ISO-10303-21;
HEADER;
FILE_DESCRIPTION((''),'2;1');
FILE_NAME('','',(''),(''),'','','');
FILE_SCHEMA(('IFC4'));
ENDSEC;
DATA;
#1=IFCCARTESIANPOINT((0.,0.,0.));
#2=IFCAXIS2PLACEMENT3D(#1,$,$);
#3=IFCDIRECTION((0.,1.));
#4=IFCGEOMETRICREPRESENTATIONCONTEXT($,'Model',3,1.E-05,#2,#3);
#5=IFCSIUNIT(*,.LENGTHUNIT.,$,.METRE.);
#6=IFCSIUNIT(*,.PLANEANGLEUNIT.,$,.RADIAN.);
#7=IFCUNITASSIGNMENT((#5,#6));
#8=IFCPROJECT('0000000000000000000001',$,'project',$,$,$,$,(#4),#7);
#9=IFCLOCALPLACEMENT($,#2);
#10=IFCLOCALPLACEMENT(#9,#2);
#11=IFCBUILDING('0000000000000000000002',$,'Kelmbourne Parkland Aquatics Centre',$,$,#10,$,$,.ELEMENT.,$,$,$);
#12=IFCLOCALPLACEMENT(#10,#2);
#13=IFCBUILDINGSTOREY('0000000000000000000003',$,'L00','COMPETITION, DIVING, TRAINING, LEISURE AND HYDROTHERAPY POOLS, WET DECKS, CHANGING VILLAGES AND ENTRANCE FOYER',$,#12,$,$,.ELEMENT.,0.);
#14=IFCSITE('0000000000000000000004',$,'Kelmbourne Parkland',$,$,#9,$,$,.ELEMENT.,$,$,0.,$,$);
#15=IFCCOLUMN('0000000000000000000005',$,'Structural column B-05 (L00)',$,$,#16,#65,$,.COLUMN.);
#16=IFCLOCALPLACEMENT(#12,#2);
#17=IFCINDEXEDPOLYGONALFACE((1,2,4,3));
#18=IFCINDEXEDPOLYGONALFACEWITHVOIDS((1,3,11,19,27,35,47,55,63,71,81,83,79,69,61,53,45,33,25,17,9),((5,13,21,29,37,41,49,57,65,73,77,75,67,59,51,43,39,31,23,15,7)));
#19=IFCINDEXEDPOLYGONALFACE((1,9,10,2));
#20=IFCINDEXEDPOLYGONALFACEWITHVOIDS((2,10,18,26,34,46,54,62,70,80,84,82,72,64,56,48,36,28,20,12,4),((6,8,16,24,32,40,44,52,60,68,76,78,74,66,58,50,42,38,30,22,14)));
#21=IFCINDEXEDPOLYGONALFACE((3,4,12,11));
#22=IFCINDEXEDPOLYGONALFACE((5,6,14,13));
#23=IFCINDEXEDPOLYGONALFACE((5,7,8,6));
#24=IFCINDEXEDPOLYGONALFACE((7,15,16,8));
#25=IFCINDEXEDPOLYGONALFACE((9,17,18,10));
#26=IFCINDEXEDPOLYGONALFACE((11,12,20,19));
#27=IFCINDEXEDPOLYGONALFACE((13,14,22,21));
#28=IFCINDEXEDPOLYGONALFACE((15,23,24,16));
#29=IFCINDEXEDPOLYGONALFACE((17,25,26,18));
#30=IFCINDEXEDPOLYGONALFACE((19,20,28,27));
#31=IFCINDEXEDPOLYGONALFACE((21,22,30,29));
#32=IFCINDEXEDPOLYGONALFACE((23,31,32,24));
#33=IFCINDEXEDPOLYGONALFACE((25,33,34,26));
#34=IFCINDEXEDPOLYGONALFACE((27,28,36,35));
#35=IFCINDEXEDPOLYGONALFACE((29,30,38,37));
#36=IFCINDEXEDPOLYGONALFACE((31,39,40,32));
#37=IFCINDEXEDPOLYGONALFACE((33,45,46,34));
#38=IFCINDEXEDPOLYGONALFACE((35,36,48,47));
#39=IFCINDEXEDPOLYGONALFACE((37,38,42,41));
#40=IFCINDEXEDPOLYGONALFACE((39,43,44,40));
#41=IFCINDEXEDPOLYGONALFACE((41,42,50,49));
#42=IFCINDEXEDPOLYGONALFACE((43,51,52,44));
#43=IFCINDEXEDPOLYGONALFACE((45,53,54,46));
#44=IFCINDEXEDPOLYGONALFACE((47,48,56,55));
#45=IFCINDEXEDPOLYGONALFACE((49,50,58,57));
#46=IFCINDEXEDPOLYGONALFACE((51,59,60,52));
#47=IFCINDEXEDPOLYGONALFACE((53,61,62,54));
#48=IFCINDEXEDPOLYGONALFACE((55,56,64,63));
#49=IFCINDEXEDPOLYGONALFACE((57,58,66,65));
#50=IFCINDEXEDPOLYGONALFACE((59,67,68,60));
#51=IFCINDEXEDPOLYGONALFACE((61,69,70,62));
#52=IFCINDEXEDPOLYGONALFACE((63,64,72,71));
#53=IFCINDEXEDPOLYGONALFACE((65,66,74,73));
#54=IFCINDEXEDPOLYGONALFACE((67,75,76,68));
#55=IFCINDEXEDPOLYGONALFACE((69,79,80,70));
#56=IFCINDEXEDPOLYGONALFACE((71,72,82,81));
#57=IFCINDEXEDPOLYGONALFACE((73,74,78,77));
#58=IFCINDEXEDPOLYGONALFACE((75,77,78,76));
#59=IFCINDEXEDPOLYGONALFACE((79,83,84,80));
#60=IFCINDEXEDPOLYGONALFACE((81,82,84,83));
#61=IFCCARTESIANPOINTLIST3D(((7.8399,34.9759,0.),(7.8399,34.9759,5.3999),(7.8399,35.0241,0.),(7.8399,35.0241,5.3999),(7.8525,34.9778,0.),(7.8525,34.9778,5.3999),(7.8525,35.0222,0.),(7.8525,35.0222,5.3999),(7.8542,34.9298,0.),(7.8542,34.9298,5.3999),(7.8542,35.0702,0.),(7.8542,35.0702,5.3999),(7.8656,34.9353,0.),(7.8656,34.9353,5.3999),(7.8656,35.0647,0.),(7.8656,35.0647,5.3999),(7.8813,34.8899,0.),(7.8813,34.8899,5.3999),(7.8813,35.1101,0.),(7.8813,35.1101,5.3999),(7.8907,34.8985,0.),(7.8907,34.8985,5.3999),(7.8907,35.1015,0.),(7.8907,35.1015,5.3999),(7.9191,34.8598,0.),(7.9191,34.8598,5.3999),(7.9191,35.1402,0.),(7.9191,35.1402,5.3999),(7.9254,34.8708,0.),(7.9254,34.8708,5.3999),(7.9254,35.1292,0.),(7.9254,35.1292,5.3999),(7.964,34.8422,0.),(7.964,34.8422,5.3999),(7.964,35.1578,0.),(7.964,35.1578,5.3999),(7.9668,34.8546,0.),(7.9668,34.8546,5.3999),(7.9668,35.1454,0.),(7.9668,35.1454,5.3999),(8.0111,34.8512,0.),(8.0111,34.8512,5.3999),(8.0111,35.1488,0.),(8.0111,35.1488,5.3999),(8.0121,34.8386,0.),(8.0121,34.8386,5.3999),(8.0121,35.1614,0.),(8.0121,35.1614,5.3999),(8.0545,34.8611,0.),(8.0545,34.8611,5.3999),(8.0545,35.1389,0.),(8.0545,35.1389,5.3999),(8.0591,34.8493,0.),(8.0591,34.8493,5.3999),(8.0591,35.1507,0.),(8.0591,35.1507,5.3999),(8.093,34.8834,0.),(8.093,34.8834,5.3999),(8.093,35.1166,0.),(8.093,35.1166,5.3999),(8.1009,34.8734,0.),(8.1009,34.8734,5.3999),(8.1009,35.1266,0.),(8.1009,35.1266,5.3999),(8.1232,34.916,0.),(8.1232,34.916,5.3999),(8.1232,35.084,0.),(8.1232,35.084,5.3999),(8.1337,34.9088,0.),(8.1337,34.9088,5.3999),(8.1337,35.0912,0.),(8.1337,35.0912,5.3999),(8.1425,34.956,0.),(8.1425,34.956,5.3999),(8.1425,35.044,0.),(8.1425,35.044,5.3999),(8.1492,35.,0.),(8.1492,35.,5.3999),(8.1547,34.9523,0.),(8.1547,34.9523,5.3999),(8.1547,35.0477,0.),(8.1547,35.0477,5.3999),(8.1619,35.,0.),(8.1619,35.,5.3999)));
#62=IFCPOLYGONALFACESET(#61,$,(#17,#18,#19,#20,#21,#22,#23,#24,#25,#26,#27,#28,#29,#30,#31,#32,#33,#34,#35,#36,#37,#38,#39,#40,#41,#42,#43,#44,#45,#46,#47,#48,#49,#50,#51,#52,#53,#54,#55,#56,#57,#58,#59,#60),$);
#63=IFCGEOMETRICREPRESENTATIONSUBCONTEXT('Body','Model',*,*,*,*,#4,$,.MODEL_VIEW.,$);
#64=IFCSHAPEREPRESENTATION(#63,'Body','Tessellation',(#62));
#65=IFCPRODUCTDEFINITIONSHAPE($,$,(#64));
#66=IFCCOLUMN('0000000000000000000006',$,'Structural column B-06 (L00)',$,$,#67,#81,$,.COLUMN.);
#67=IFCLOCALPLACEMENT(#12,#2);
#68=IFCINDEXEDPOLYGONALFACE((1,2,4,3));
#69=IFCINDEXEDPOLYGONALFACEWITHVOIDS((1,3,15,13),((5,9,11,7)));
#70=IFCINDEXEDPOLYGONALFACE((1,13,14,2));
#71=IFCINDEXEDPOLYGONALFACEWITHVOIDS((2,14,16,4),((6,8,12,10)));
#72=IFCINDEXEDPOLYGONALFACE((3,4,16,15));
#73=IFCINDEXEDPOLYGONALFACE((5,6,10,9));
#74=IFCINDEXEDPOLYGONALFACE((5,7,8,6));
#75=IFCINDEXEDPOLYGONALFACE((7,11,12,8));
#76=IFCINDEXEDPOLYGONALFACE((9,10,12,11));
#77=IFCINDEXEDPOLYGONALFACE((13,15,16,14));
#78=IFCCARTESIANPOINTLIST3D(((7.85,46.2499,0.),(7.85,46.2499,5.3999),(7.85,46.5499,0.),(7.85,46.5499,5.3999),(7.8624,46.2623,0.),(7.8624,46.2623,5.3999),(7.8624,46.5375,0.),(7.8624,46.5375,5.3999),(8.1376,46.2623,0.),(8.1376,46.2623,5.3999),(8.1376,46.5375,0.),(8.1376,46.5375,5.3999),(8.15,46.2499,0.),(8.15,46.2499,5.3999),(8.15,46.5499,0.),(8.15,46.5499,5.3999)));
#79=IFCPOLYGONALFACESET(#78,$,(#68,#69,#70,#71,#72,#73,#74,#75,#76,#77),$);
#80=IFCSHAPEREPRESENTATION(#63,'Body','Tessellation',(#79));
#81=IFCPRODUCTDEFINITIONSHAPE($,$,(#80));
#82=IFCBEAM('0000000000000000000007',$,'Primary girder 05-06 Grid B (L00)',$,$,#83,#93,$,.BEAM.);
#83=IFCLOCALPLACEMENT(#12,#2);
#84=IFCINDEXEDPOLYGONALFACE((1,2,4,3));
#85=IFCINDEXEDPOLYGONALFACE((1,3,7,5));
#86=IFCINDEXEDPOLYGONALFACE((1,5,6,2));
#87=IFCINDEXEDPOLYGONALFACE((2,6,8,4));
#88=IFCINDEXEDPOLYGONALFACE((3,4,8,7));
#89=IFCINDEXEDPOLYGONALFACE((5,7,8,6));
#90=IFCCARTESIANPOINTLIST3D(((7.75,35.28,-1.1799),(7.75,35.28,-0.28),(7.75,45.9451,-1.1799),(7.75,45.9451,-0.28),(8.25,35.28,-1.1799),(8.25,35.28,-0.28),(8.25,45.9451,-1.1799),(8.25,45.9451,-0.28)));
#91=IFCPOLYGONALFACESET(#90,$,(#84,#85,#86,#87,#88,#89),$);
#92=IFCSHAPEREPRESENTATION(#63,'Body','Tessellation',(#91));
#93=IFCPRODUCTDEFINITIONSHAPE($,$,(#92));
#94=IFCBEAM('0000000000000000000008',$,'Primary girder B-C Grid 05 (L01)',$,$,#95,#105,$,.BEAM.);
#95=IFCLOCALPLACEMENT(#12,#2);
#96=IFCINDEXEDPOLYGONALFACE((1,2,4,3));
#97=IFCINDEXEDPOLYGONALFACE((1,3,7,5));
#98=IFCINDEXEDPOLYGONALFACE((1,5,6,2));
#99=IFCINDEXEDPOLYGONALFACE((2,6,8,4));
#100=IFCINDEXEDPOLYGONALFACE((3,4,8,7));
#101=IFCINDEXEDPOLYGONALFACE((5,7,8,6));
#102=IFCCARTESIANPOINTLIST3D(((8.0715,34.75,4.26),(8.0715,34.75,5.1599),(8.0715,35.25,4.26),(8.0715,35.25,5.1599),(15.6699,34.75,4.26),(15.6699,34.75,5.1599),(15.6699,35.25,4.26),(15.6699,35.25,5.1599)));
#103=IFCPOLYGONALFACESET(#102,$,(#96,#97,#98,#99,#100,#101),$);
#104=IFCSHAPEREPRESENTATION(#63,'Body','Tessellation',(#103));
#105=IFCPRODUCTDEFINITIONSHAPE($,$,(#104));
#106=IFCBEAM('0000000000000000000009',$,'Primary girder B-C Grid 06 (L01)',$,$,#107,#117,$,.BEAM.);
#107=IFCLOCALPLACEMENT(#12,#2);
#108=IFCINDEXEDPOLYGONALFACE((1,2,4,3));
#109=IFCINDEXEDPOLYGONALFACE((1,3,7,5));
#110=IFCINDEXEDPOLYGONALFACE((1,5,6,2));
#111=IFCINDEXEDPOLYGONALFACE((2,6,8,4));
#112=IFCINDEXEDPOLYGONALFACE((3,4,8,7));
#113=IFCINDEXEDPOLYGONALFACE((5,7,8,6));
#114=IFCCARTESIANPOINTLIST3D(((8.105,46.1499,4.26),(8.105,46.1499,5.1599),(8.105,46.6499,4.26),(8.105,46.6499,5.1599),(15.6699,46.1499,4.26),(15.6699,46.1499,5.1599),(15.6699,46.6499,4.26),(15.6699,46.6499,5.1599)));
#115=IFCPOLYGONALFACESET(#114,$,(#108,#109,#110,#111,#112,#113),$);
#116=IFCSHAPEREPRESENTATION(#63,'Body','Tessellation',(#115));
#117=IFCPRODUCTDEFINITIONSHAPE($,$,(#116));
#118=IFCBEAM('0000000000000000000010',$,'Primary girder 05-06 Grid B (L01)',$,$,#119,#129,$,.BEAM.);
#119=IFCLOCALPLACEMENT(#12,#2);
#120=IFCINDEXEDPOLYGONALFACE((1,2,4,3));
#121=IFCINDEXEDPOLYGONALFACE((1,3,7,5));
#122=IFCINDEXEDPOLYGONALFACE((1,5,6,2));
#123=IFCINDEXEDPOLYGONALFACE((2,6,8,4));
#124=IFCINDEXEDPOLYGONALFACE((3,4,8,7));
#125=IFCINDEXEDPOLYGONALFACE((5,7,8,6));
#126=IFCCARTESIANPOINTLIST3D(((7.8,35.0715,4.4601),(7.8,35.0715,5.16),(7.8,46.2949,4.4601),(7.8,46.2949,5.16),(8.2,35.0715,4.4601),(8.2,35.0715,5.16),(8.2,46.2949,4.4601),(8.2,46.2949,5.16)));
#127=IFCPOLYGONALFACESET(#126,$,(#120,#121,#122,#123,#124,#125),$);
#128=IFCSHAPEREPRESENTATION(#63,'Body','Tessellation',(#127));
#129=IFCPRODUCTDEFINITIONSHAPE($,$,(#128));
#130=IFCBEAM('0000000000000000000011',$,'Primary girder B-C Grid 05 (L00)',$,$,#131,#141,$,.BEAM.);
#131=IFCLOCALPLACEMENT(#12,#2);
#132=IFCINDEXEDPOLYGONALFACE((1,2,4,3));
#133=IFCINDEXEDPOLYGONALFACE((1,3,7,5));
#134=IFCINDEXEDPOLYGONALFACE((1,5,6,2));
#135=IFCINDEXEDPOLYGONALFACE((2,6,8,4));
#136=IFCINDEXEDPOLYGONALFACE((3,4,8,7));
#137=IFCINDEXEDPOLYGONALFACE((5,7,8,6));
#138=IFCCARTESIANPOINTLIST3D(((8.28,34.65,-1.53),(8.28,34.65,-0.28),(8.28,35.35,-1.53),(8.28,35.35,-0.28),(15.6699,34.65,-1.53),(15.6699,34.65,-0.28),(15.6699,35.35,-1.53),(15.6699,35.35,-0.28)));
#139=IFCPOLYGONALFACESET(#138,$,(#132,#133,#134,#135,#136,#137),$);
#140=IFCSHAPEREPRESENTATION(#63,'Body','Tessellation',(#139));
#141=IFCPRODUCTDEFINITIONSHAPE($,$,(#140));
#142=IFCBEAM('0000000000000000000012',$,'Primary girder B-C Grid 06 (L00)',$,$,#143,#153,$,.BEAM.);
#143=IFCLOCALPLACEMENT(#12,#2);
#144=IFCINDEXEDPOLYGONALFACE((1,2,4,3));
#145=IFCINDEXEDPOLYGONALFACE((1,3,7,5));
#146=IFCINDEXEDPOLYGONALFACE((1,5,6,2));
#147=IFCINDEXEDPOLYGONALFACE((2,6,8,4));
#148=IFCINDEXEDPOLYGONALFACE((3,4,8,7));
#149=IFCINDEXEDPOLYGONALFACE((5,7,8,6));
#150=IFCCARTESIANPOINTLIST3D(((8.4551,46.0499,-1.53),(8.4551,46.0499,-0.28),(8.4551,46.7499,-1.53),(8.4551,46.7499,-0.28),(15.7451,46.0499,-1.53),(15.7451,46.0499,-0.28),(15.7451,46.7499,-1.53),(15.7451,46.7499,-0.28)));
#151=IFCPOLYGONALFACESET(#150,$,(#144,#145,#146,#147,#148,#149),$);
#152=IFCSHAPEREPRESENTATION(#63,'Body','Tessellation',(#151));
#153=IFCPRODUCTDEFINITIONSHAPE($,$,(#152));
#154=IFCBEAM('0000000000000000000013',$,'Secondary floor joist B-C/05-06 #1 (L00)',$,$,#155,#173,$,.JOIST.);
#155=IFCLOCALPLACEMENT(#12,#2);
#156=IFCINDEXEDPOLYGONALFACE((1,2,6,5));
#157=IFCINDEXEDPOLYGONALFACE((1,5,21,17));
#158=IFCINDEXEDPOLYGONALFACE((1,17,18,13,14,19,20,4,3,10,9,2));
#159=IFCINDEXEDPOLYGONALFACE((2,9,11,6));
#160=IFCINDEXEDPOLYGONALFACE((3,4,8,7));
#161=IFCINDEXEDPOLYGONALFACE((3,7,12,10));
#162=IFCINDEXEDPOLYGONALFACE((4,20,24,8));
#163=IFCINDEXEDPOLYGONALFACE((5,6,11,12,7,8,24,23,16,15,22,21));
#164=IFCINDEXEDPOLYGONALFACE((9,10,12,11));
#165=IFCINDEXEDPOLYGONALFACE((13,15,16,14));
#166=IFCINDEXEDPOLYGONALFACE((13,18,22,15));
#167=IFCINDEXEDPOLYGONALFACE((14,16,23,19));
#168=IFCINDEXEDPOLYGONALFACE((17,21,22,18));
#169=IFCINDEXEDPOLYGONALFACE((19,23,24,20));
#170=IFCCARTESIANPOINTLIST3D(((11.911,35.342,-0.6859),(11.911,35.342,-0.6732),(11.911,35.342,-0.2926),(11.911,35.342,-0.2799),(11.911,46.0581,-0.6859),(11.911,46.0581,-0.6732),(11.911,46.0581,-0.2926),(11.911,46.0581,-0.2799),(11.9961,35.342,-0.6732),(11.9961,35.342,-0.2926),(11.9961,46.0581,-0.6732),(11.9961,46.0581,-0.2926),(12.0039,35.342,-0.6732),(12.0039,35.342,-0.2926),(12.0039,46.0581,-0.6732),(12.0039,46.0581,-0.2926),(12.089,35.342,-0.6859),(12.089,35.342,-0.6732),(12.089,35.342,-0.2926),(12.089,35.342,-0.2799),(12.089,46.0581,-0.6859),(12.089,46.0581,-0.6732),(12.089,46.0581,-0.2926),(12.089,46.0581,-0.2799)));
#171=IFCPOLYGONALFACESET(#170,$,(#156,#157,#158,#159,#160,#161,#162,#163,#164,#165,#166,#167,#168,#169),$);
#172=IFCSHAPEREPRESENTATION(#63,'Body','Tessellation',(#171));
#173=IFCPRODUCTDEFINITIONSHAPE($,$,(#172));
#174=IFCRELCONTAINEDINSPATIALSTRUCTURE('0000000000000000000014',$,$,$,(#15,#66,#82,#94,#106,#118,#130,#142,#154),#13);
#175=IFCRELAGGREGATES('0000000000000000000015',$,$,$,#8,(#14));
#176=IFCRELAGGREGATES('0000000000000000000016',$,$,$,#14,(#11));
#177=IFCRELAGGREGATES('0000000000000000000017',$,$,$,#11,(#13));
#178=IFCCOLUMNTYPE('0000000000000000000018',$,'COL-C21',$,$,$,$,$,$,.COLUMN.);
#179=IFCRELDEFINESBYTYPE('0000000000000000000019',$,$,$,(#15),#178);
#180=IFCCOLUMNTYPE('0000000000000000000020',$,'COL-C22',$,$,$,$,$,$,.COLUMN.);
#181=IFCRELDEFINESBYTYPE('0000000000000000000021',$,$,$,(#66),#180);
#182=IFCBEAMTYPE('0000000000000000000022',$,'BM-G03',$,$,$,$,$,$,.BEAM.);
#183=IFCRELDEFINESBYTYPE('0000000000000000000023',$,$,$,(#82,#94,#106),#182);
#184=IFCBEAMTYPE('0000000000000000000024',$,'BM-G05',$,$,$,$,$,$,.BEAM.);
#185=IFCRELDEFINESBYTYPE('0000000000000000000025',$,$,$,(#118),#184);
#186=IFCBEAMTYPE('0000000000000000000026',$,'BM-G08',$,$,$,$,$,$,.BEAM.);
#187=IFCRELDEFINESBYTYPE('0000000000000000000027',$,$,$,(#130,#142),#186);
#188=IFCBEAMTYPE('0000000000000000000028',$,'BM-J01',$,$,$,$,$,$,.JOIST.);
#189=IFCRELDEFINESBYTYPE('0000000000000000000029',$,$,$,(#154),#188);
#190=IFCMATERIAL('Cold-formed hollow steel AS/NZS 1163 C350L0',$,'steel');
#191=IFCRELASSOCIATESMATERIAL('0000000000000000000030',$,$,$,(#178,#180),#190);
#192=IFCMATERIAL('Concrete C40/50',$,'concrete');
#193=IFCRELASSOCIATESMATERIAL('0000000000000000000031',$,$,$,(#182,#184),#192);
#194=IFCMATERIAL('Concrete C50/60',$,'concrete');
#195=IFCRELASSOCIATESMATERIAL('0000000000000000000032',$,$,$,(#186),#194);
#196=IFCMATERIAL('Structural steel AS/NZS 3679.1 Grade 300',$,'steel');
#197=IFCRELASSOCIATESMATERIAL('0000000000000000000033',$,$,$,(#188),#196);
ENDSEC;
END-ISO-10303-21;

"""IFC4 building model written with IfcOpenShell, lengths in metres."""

from ifc_helpers import new_model, si_unit, direction, frame, origin, origin_2d, place, context, subcontext, project, spatial, rectangle, hollow_rectangle, hollow_circle, i_section, extrude, material, material_profile, profile_set, type_object, element, save


model = new_model("IFC4")

# Units and contexts
model_context = context("Model", 3, precision=1e-05, world=origin(), true_north=direction((0.0, 1.0)))
body_context = subcontext(model_context, "Body", "Model", "MODEL_VIEW")
ifc_project = project(units=[si_unit("LENGTHUNIT", "METRE"), si_unit("PLANEANGLEUNIT", "RADIAN")], contexts=[model_context])

# Site, building, storey
site_placement = place(None, origin())
site = spatial("IfcSite", under=ifc_project, at=site_placement, Name="Kelmbourne Parkland", CompositionType="ELEMENT", RefElevation=0.0)
building_placement = place(site_placement, origin())
building = spatial("IfcBuilding", under=site, at=building_placement, Name="Kelmbourne Parkland Aquatics Centre", CompositionType="ELEMENT")
storey_placement = place(building_placement, origin())
storey = spatial("IfcBuildingStorey", under=building, at=storey_placement, Name="L00", Description="COMPETITION, DIVING, TRAINING, LEISURE AND HYDROTHERAPY POOLS, WET DECKS, CHANGING VILLAGES AND ENTRANCE FOYER", CompositionType="ELEMENT", Elevation=0.0)

# Columns
ifc_material_1 = material(Name="Cold-formed hollow steel AS/NZS 1163 C350L0", Category="steel")
ifc_material_profile_1 = material_profile(ifc_material_1, hollow_circle(Radius=0.1619, WallThickness=0.0127, at=origin_2d()), Name="CHS 323.9x12.7")
ifc_profile_set_1 = profile_set([ifc_material_profile_1], Name="Cold-formed hollow steel AS/NZS 1163 C350L0")
column_type_1 = type_object("IfcColumnType", Name="COL-C21", PredefinedType="COLUMN", material=ifc_profile_set_1)
column_1_placement = place(storey_placement, frame((8.0, 35.0, 0.0), z_axis=(0.0, 0.0, 1.0), x_axis=(1.0, 0.0, 0.0)))
element("IfcColumn", 1, at=column_1_placement, inside=storey, type_object=column_type_1, Name="Structural column B-05 (L00)", PredefinedType="COLUMN", context=body_context, shape_type="SweptSolid", body=[
    extrude(hollow_circle(Radius=0.1619, WallThickness=0.0127, at=origin_2d()), origin(), (0.0, 0.0, 1.0), 5.3999),
])
ifc_material_profile_2 = material_profile(ifc_material_1, hollow_rectangle(XDim=0.3, YDim=0.3, WallThickness=0.0125, at=origin_2d()), Name="SHS 300x300x12.5")
ifc_profile_set_2 = profile_set([ifc_material_profile_2], Name="Cold-formed hollow steel AS/NZS 1163 C350L0")
column_type_2 = type_object("IfcColumnType", Name="COL-C22", PredefinedType="COLUMN", material=ifc_profile_set_2)
column_2_placement = place(storey_placement, frame((8.0, 46.3999, 0.0), z_axis=(0.0, 0.0, 1.0), x_axis=(1.0, 0.0, 0.0)))
element("IfcColumn", 2, at=column_2_placement, inside=storey, type_object=column_type_2, Name="Structural column B-06 (L00)", PredefinedType="COLUMN", context=body_context, shape_type="SweptSolid", body=[
    extrude(hollow_rectangle(XDim=0.3, YDim=0.3, WallThickness=0.0125, at=origin_2d()), origin(), (0.0, 0.0, 1.0), 5.3999),
])

# Beams
ifc_material_2 = material(Name="Concrete C40/50", Category="concrete")
ifc_material_profile_3 = material_profile(ifc_material_2, rectangle(XDim=0.5, YDim=0.8999, at=origin_2d()), Name="RC 500x900")
ifc_profile_set_3 = profile_set([ifc_material_profile_3], Name="Concrete C40/50")
beam_type_1 = type_object("IfcBeamType", Name="BM-G03", PredefinedType="BEAM", material=ifc_profile_set_3)
beam_1_placement = place(storey_placement, frame((8.0, 35.28, -0.73), z_axis=(0.0, 1.0, 0.0), x_axis=(-1.0, 0.0, 0.0)))
element("IfcBeam", 3, at=beam_1_placement, inside=storey, type_object=beam_type_1, Name="Primary girder 05-06 Grid B (L00)", PredefinedType="BEAM", context=body_context, shape_type="SweptSolid", body=[
    extrude(rectangle(XDim=0.5, YDim=0.8999, at=origin_2d()), origin(), (0.0, 0.0, 1.0), 10.665),
])
beam_2_placement = place(storey_placement, frame((8.0715, 35.0, 4.71), z_axis=(1.0, 0.0, 0.0), x_axis=(0.0, 1.0, 0.0)))
element("IfcBeam", 4, at=beam_2_placement, inside=storey, type_object=beam_type_1, Name="Primary girder B-C Grid 05 (L01)", PredefinedType="BEAM", context=body_context, shape_type="SweptSolid", body=[
    extrude(rectangle(XDim=0.5, YDim=0.8999, at=origin_2d()), origin(), (0.0, 0.0, 1.0), 7.5984),
])
beam_3_placement = place(storey_placement, frame((8.105, 46.3999, 4.71), z_axis=(1.0, 0.0, 0.0), x_axis=(0.0, 1.0, 0.0)))
element("IfcBeam", 5, at=beam_3_placement, inside=storey, type_object=beam_type_1, Name="Primary girder B-C Grid 06 (L01)", PredefinedType="BEAM", context=body_context, shape_type="SweptSolid", body=[
    extrude(rectangle(XDim=0.5, YDim=0.8999, at=origin_2d()), origin(), (0.0, 0.0, 1.0), 7.5649),
])
ifc_material_profile_4 = material_profile(ifc_material_2, rectangle(XDim=0.3999, YDim=0.7, at=origin_2d()), Name="RC 400x700")
ifc_profile_set_4 = profile_set([ifc_material_profile_4], Name="Concrete C40/50")
beam_type_2 = type_object("IfcBeamType", Name="BM-G05", PredefinedType="BEAM", material=ifc_profile_set_4)
beam_4_placement = place(storey_placement, frame((8.0, 35.0715, 4.8101), z_axis=(0.0, 1.0, 0.0), x_axis=(-1.0, 0.0, 0.0)))
element("IfcBeam", 6, at=beam_4_placement, inside=storey, type_object=beam_type_2, Name="Primary girder 05-06 Grid B (L01)", PredefinedType="BEAM", context=body_context, shape_type="SweptSolid", body=[
    extrude(rectangle(XDim=0.3999, YDim=0.7, at=origin_2d()), origin(), (0.0, 0.0, 1.0), 11.2234),
])
ifc_material_3 = material(Name="Concrete C50/60", Category="concrete")
ifc_material_profile_5 = material_profile(ifc_material_3, rectangle(XDim=0.7, YDim=1.25, at=origin_2d()), Name="RC 700x1250")
ifc_profile_set_5 = profile_set([ifc_material_profile_5], Name="Concrete C50/60")
beam_type_3 = type_object("IfcBeamType", Name="BM-G08", PredefinedType="BEAM", material=ifc_profile_set_5)
beam_5_placement = place(storey_placement, frame((8.28, 35.0, -0.905), z_axis=(1.0, 0.0, 0.0), x_axis=(0.0, 1.0, 0.0)))
element("IfcBeam", 7, at=beam_5_placement, inside=storey, type_object=beam_type_3, Name="Primary girder B-C Grid 05 (L00)", PredefinedType="BEAM", context=body_context, shape_type="SweptSolid", body=[
    extrude(rectangle(XDim=0.7, YDim=1.25, at=origin_2d()), origin(), (0.0, 0.0, 1.0), 7.3899),
])
beam_6_placement = place(storey_placement, frame((8.4551, 46.3999, -0.905), z_axis=(1.0, 0.0, 0.0), x_axis=(0.0, 1.0, 0.0)))
element("IfcBeam", 8, at=beam_6_placement, inside=storey, type_object=beam_type_3, Name="Primary girder B-C Grid 06 (L00)", PredefinedType="BEAM", context=body_context, shape_type="SweptSolid", body=[
    extrude(rectangle(XDim=0.7, YDim=1.25, at=origin_2d()), origin(), (0.0, 0.0, 1.0), 7.29),
])
ifc_material_4 = material(Name="Structural steel AS/NZS 3679.1 Grade 300", Category="steel")
ifc_material_profile_6 = material_profile(ifc_material_4, i_section(OverallWidth=0.178, OverallDepth=0.406, WebThickness=0.0078, FlangeThickness=0.0127, at=origin_2d()), Name="410UB59.7")
ifc_profile_set_6 = profile_set([ifc_material_profile_6], Name="Structural steel AS/NZS 3679.1 Grade 300")
beam_type_4 = type_object("IfcBeamType", Name="BM-J01", PredefinedType="JOIST", material=ifc_profile_set_6)
beam_7_placement = place(storey_placement, frame((12.0, 35.342, -0.4829), z_axis=(0.0, 1.0, 0.0), x_axis=(-1.0, 0.0, 0.0)))
element("IfcBeam", 9, at=beam_7_placement, inside=storey, type_object=beam_type_4, Name="Secondary floor joist B-C/05-06 #1 (L00)", PredefinedType="JOIST", context=body_context, shape_type="SweptSolid", body=[
    extrude(i_section(OverallWidth=0.178, OverallDepth=0.406, WebThickness=0.0078, FlangeThickness=0.0127, at=origin_2d()), origin(), (0.0, 0.0, 1.0), 10.7161),
])

save(model, "model.ifc")
